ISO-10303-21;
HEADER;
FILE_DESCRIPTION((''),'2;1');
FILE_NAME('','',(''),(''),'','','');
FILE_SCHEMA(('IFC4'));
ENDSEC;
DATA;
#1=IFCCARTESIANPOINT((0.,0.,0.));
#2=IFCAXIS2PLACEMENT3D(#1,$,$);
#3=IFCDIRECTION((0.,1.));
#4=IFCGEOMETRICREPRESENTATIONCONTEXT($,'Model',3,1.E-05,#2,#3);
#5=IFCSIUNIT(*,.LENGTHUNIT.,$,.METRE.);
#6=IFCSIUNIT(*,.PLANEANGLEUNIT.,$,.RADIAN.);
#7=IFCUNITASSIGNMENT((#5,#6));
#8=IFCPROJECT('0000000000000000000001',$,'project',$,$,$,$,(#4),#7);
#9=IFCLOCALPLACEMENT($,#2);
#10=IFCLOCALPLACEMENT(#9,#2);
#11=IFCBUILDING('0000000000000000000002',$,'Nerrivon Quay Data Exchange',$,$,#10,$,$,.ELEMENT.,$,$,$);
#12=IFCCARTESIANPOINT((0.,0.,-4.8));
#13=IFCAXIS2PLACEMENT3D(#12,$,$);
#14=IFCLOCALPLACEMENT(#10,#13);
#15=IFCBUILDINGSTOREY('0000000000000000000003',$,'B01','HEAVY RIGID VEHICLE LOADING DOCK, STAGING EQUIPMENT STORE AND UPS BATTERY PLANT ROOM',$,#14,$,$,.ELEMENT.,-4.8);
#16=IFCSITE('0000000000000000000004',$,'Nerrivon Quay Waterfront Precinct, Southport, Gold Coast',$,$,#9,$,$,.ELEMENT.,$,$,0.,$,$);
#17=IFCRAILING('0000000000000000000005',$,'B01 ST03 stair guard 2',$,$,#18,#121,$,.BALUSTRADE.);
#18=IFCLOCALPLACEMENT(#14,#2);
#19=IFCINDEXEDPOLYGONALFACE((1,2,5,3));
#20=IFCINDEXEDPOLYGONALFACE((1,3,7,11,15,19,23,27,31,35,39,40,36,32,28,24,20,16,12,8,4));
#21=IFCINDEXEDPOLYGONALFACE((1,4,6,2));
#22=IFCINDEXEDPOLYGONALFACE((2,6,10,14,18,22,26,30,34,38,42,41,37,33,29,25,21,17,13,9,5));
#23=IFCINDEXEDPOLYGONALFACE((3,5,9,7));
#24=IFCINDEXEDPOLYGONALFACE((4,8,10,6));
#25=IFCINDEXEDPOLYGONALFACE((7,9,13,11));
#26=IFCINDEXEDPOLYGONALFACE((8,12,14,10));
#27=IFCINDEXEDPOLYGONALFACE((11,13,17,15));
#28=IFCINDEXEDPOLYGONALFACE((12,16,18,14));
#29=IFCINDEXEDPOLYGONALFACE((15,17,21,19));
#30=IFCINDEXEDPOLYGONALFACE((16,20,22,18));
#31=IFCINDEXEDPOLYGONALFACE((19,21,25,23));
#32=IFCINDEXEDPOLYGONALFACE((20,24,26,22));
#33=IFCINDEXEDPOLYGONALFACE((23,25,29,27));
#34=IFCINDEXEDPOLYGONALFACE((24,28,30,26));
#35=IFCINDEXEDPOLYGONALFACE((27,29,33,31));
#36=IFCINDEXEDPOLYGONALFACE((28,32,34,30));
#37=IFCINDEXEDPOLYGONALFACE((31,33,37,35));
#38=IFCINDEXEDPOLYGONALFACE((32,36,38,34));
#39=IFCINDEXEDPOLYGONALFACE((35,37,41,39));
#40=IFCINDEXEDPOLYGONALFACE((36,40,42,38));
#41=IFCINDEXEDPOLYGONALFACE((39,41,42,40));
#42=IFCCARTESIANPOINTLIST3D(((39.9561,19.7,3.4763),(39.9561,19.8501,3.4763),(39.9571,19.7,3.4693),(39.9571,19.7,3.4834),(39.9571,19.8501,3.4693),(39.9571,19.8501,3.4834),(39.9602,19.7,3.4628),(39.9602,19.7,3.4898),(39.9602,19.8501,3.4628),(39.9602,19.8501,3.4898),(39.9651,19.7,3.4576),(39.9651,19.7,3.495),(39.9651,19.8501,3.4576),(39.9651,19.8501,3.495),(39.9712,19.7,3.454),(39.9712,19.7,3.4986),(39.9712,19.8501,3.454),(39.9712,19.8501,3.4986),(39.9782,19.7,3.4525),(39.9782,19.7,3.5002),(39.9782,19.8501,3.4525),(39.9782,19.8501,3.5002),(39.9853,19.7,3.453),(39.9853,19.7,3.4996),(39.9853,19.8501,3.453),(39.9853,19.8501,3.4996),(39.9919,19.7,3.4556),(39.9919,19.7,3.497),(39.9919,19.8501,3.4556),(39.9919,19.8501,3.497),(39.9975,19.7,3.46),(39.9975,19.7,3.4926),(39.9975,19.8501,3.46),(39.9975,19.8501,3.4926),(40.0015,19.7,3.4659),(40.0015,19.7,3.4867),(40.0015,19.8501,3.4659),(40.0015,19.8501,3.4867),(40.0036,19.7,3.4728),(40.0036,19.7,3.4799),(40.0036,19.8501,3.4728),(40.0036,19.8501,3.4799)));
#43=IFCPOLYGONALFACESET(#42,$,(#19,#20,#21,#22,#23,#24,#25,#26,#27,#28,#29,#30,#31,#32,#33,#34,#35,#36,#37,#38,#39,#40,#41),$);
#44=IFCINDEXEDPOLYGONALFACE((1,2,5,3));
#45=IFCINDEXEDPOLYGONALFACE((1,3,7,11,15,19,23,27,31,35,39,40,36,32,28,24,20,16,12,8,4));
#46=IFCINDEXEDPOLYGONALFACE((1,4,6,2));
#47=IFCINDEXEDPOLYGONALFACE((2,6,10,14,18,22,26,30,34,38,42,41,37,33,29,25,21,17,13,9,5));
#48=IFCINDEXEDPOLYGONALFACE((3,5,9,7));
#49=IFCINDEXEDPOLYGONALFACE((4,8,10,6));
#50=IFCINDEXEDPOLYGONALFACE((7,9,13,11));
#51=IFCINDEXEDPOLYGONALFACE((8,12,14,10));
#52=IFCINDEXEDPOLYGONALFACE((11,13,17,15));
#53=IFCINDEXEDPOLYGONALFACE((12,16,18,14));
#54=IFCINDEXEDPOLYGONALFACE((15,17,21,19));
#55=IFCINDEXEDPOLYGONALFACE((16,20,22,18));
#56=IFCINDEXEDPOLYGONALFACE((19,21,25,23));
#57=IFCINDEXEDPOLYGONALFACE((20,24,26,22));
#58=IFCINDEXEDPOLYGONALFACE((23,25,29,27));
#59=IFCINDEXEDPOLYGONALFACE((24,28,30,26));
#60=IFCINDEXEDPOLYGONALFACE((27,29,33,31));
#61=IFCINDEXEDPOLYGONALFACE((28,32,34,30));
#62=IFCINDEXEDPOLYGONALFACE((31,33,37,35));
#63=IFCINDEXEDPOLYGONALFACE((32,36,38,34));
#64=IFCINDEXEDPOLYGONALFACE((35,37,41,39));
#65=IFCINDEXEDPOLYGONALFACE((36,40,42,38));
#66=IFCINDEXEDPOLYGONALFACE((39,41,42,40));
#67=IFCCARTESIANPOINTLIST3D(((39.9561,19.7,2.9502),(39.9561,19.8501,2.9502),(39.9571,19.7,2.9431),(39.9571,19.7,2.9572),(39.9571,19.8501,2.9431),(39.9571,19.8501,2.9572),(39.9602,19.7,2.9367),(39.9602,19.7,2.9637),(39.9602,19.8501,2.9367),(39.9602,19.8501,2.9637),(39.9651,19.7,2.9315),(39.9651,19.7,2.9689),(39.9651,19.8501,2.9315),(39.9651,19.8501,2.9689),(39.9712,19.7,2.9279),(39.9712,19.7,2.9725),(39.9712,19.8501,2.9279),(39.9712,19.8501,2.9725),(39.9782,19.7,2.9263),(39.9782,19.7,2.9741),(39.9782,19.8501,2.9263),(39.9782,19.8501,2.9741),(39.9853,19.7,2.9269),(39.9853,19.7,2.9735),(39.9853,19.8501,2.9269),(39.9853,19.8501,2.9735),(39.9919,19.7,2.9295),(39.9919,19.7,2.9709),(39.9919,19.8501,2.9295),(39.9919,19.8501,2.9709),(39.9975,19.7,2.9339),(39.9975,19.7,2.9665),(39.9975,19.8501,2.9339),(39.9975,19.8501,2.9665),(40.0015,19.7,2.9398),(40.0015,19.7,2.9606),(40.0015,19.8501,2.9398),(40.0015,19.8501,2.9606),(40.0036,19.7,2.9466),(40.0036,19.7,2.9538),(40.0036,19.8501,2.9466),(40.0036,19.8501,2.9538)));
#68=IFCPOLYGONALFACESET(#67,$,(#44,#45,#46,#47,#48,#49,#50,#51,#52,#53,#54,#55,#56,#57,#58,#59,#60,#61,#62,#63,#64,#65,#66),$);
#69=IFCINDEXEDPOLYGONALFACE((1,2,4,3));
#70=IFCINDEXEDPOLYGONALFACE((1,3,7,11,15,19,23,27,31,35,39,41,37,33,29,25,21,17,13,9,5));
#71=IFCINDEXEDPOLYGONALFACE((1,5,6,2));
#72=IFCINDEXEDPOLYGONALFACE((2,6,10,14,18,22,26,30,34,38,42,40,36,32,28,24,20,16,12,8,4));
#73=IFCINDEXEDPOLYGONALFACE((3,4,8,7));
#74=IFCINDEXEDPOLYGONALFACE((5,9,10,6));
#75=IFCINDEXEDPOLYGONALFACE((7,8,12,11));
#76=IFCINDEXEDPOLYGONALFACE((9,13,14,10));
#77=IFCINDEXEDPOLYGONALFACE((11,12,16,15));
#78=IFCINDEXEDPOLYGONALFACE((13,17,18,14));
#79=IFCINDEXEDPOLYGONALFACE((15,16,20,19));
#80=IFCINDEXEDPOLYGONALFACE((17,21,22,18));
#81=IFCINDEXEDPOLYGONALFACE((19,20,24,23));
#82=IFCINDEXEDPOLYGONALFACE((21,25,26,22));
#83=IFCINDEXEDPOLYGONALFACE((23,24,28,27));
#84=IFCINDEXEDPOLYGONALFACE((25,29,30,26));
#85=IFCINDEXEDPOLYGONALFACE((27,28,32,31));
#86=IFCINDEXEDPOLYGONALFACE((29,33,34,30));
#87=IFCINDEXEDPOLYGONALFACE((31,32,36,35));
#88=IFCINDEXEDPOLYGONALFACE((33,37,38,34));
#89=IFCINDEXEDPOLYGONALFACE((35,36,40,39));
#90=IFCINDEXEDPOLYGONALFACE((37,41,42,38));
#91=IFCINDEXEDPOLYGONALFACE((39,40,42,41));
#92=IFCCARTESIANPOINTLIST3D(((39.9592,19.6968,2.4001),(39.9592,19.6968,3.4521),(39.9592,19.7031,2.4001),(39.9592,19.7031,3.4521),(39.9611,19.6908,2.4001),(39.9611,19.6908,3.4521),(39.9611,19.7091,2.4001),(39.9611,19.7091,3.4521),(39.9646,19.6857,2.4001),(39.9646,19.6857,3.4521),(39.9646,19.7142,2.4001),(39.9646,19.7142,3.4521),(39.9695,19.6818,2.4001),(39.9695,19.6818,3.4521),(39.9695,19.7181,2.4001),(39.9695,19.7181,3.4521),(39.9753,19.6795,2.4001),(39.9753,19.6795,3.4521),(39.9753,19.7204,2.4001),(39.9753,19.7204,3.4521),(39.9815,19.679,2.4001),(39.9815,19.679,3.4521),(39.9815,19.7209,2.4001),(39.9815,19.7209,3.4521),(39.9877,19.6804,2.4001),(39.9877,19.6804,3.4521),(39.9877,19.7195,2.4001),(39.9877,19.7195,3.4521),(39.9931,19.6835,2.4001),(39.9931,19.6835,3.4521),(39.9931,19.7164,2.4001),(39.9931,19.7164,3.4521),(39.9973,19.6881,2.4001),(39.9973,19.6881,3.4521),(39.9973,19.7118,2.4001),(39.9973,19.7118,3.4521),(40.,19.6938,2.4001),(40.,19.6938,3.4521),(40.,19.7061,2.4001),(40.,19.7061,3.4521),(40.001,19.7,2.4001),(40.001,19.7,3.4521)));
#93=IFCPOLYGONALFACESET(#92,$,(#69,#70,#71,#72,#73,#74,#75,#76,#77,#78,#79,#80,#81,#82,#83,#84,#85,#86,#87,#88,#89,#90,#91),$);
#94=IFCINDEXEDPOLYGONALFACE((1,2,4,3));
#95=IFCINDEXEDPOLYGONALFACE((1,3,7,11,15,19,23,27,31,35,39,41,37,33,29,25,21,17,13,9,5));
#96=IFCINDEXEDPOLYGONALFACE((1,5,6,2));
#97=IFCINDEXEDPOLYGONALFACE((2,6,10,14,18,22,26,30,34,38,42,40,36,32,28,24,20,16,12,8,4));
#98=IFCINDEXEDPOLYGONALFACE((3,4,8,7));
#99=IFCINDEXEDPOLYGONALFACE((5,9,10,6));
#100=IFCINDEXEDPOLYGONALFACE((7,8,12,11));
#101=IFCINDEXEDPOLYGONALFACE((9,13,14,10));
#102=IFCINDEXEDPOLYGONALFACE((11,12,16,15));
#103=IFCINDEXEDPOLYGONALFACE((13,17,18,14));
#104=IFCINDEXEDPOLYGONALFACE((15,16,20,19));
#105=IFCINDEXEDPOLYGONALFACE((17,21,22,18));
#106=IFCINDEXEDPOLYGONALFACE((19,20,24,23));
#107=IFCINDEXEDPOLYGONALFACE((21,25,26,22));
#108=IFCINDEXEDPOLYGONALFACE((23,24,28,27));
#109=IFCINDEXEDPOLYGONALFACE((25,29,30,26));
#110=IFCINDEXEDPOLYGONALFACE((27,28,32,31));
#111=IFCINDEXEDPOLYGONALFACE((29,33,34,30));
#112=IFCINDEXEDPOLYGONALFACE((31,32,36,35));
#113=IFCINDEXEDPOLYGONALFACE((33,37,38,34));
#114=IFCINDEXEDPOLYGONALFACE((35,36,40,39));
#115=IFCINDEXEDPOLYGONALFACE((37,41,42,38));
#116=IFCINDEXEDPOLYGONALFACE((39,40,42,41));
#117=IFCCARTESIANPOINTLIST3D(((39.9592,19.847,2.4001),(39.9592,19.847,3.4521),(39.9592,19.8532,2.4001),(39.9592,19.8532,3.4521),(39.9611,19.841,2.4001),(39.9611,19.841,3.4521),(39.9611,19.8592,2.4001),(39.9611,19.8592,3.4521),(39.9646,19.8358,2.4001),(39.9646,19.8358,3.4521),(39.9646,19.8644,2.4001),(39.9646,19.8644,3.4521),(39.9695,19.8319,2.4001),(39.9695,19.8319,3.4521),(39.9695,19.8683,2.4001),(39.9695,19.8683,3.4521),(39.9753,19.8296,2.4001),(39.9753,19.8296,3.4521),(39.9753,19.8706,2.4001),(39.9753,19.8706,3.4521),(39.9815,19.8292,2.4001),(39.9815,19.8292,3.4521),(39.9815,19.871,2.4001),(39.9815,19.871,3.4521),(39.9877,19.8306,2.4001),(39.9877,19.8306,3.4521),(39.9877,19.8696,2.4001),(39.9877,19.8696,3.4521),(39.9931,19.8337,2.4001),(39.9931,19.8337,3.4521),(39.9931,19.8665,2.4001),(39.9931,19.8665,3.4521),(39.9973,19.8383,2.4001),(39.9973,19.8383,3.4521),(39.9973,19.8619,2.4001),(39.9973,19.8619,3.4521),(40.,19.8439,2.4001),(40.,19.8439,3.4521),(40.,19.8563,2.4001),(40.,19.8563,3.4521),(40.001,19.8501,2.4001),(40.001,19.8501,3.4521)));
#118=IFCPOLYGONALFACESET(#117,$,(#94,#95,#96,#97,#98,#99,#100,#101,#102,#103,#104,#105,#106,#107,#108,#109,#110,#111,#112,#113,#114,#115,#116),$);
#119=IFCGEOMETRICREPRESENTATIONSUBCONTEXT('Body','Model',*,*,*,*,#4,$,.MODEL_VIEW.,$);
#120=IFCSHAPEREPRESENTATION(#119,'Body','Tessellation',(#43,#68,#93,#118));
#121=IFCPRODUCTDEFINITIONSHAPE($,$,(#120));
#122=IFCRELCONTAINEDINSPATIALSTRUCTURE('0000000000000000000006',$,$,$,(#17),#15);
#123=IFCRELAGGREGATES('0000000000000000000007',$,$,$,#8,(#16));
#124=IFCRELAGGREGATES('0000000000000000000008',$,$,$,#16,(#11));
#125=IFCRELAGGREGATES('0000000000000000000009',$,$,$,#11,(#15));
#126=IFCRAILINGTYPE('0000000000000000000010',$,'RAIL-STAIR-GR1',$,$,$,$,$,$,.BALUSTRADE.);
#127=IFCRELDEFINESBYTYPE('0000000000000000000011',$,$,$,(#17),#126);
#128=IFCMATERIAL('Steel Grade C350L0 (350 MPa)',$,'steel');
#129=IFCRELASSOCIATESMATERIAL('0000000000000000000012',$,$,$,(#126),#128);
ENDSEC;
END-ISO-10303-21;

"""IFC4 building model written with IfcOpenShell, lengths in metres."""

from ifc_helpers import new_model, si_unit, direction, frame, origin, origin_2d, place, context, subcontext, project, spatial, circle, extrude, material, type_object, element, save


model = new_model("IFC4")

# Units and contexts
model_context = context("Model", 3, precision=1e-05, world=origin(), true_north=direction((0.0, 1.0)))
body_context = subcontext(model_context, "Body", "Model", "MODEL_VIEW")
ifc_project = project(units=[si_unit("LENGTHUNIT", "METRE"), si_unit("PLANEANGLEUNIT", "RADIAN")], contexts=[model_context])

# Site, building, storey
site_placement = place(None, origin())
site = spatial("IfcSite", under=ifc_project, at=site_placement, Name="Nerrivon Quay Waterfront Precinct, Southport, Gold Coast", CompositionType="ELEMENT", RefElevation=0.0)
building_placement = place(site_placement, origin())
building = spatial("IfcBuilding", under=site, at=building_placement, Name="Nerrivon Quay Data Exchange", CompositionType="ELEMENT")
storey_placement = place(building_placement, frame((0.0, 0.0, -4.8)))
storey = spatial("IfcBuildingStorey", under=building, at=storey_placement, Name="B01", Description="HEAVY RIGID VEHICLE LOADING DOCK, STAGING EQUIPMENT STORE AND UPS BATTERY PLANT ROOM", CompositionType="ELEMENT", Elevation=-4.8)

# Railing
ifc_material_1 = material(Name="Steel Grade C350L0 (350 MPa)", Category="steel")
railing_type = type_object("IfcRailingType", Name="RAIL-STAIR-GR1", PredefinedType="BALUSTRADE", material=ifc_material_1)
railing_placement = place(storey_placement, frame((39.98, 19.7, 2.4001)))
element("IfcRailing", 1, at=railing_placement, inside=storey, type_object=railing_type, Name="B01 ST03 stair guard 2", PredefinedType="BALUSTRADE", context=body_context, shape_type="SweptSolid", body=[
    extrude(circle(Radius=0.0239, at=origin_2d()), frame((0.0, 0.0, 1.0762), z_axis=(0.0, 1.0, 0.0), x_axis=(-1.0, 0.0, 0.0)), (0.0, 0.0, 1.0), 0.1501),
    extrude(circle(Radius=0.0239, at=origin_2d()), frame((0.0, 0.0, 0.55), z_axis=(0.0, 1.0, 0.0), x_axis=(-1.0, 0.0, 0.0)), (0.0, 0.0, 1.0), 0.1501),
    extrude(circle(Radius=0.021, at=origin_2d()), origin(), (0.0, 0.0, 1.0), 1.052),
    extrude(circle(Radius=0.021, at=origin_2d()), frame((0.0, 0.1501, 0.0)), (0.0, 0.0, 1.0), 1.052),
])

save(model, "model.ifc")
